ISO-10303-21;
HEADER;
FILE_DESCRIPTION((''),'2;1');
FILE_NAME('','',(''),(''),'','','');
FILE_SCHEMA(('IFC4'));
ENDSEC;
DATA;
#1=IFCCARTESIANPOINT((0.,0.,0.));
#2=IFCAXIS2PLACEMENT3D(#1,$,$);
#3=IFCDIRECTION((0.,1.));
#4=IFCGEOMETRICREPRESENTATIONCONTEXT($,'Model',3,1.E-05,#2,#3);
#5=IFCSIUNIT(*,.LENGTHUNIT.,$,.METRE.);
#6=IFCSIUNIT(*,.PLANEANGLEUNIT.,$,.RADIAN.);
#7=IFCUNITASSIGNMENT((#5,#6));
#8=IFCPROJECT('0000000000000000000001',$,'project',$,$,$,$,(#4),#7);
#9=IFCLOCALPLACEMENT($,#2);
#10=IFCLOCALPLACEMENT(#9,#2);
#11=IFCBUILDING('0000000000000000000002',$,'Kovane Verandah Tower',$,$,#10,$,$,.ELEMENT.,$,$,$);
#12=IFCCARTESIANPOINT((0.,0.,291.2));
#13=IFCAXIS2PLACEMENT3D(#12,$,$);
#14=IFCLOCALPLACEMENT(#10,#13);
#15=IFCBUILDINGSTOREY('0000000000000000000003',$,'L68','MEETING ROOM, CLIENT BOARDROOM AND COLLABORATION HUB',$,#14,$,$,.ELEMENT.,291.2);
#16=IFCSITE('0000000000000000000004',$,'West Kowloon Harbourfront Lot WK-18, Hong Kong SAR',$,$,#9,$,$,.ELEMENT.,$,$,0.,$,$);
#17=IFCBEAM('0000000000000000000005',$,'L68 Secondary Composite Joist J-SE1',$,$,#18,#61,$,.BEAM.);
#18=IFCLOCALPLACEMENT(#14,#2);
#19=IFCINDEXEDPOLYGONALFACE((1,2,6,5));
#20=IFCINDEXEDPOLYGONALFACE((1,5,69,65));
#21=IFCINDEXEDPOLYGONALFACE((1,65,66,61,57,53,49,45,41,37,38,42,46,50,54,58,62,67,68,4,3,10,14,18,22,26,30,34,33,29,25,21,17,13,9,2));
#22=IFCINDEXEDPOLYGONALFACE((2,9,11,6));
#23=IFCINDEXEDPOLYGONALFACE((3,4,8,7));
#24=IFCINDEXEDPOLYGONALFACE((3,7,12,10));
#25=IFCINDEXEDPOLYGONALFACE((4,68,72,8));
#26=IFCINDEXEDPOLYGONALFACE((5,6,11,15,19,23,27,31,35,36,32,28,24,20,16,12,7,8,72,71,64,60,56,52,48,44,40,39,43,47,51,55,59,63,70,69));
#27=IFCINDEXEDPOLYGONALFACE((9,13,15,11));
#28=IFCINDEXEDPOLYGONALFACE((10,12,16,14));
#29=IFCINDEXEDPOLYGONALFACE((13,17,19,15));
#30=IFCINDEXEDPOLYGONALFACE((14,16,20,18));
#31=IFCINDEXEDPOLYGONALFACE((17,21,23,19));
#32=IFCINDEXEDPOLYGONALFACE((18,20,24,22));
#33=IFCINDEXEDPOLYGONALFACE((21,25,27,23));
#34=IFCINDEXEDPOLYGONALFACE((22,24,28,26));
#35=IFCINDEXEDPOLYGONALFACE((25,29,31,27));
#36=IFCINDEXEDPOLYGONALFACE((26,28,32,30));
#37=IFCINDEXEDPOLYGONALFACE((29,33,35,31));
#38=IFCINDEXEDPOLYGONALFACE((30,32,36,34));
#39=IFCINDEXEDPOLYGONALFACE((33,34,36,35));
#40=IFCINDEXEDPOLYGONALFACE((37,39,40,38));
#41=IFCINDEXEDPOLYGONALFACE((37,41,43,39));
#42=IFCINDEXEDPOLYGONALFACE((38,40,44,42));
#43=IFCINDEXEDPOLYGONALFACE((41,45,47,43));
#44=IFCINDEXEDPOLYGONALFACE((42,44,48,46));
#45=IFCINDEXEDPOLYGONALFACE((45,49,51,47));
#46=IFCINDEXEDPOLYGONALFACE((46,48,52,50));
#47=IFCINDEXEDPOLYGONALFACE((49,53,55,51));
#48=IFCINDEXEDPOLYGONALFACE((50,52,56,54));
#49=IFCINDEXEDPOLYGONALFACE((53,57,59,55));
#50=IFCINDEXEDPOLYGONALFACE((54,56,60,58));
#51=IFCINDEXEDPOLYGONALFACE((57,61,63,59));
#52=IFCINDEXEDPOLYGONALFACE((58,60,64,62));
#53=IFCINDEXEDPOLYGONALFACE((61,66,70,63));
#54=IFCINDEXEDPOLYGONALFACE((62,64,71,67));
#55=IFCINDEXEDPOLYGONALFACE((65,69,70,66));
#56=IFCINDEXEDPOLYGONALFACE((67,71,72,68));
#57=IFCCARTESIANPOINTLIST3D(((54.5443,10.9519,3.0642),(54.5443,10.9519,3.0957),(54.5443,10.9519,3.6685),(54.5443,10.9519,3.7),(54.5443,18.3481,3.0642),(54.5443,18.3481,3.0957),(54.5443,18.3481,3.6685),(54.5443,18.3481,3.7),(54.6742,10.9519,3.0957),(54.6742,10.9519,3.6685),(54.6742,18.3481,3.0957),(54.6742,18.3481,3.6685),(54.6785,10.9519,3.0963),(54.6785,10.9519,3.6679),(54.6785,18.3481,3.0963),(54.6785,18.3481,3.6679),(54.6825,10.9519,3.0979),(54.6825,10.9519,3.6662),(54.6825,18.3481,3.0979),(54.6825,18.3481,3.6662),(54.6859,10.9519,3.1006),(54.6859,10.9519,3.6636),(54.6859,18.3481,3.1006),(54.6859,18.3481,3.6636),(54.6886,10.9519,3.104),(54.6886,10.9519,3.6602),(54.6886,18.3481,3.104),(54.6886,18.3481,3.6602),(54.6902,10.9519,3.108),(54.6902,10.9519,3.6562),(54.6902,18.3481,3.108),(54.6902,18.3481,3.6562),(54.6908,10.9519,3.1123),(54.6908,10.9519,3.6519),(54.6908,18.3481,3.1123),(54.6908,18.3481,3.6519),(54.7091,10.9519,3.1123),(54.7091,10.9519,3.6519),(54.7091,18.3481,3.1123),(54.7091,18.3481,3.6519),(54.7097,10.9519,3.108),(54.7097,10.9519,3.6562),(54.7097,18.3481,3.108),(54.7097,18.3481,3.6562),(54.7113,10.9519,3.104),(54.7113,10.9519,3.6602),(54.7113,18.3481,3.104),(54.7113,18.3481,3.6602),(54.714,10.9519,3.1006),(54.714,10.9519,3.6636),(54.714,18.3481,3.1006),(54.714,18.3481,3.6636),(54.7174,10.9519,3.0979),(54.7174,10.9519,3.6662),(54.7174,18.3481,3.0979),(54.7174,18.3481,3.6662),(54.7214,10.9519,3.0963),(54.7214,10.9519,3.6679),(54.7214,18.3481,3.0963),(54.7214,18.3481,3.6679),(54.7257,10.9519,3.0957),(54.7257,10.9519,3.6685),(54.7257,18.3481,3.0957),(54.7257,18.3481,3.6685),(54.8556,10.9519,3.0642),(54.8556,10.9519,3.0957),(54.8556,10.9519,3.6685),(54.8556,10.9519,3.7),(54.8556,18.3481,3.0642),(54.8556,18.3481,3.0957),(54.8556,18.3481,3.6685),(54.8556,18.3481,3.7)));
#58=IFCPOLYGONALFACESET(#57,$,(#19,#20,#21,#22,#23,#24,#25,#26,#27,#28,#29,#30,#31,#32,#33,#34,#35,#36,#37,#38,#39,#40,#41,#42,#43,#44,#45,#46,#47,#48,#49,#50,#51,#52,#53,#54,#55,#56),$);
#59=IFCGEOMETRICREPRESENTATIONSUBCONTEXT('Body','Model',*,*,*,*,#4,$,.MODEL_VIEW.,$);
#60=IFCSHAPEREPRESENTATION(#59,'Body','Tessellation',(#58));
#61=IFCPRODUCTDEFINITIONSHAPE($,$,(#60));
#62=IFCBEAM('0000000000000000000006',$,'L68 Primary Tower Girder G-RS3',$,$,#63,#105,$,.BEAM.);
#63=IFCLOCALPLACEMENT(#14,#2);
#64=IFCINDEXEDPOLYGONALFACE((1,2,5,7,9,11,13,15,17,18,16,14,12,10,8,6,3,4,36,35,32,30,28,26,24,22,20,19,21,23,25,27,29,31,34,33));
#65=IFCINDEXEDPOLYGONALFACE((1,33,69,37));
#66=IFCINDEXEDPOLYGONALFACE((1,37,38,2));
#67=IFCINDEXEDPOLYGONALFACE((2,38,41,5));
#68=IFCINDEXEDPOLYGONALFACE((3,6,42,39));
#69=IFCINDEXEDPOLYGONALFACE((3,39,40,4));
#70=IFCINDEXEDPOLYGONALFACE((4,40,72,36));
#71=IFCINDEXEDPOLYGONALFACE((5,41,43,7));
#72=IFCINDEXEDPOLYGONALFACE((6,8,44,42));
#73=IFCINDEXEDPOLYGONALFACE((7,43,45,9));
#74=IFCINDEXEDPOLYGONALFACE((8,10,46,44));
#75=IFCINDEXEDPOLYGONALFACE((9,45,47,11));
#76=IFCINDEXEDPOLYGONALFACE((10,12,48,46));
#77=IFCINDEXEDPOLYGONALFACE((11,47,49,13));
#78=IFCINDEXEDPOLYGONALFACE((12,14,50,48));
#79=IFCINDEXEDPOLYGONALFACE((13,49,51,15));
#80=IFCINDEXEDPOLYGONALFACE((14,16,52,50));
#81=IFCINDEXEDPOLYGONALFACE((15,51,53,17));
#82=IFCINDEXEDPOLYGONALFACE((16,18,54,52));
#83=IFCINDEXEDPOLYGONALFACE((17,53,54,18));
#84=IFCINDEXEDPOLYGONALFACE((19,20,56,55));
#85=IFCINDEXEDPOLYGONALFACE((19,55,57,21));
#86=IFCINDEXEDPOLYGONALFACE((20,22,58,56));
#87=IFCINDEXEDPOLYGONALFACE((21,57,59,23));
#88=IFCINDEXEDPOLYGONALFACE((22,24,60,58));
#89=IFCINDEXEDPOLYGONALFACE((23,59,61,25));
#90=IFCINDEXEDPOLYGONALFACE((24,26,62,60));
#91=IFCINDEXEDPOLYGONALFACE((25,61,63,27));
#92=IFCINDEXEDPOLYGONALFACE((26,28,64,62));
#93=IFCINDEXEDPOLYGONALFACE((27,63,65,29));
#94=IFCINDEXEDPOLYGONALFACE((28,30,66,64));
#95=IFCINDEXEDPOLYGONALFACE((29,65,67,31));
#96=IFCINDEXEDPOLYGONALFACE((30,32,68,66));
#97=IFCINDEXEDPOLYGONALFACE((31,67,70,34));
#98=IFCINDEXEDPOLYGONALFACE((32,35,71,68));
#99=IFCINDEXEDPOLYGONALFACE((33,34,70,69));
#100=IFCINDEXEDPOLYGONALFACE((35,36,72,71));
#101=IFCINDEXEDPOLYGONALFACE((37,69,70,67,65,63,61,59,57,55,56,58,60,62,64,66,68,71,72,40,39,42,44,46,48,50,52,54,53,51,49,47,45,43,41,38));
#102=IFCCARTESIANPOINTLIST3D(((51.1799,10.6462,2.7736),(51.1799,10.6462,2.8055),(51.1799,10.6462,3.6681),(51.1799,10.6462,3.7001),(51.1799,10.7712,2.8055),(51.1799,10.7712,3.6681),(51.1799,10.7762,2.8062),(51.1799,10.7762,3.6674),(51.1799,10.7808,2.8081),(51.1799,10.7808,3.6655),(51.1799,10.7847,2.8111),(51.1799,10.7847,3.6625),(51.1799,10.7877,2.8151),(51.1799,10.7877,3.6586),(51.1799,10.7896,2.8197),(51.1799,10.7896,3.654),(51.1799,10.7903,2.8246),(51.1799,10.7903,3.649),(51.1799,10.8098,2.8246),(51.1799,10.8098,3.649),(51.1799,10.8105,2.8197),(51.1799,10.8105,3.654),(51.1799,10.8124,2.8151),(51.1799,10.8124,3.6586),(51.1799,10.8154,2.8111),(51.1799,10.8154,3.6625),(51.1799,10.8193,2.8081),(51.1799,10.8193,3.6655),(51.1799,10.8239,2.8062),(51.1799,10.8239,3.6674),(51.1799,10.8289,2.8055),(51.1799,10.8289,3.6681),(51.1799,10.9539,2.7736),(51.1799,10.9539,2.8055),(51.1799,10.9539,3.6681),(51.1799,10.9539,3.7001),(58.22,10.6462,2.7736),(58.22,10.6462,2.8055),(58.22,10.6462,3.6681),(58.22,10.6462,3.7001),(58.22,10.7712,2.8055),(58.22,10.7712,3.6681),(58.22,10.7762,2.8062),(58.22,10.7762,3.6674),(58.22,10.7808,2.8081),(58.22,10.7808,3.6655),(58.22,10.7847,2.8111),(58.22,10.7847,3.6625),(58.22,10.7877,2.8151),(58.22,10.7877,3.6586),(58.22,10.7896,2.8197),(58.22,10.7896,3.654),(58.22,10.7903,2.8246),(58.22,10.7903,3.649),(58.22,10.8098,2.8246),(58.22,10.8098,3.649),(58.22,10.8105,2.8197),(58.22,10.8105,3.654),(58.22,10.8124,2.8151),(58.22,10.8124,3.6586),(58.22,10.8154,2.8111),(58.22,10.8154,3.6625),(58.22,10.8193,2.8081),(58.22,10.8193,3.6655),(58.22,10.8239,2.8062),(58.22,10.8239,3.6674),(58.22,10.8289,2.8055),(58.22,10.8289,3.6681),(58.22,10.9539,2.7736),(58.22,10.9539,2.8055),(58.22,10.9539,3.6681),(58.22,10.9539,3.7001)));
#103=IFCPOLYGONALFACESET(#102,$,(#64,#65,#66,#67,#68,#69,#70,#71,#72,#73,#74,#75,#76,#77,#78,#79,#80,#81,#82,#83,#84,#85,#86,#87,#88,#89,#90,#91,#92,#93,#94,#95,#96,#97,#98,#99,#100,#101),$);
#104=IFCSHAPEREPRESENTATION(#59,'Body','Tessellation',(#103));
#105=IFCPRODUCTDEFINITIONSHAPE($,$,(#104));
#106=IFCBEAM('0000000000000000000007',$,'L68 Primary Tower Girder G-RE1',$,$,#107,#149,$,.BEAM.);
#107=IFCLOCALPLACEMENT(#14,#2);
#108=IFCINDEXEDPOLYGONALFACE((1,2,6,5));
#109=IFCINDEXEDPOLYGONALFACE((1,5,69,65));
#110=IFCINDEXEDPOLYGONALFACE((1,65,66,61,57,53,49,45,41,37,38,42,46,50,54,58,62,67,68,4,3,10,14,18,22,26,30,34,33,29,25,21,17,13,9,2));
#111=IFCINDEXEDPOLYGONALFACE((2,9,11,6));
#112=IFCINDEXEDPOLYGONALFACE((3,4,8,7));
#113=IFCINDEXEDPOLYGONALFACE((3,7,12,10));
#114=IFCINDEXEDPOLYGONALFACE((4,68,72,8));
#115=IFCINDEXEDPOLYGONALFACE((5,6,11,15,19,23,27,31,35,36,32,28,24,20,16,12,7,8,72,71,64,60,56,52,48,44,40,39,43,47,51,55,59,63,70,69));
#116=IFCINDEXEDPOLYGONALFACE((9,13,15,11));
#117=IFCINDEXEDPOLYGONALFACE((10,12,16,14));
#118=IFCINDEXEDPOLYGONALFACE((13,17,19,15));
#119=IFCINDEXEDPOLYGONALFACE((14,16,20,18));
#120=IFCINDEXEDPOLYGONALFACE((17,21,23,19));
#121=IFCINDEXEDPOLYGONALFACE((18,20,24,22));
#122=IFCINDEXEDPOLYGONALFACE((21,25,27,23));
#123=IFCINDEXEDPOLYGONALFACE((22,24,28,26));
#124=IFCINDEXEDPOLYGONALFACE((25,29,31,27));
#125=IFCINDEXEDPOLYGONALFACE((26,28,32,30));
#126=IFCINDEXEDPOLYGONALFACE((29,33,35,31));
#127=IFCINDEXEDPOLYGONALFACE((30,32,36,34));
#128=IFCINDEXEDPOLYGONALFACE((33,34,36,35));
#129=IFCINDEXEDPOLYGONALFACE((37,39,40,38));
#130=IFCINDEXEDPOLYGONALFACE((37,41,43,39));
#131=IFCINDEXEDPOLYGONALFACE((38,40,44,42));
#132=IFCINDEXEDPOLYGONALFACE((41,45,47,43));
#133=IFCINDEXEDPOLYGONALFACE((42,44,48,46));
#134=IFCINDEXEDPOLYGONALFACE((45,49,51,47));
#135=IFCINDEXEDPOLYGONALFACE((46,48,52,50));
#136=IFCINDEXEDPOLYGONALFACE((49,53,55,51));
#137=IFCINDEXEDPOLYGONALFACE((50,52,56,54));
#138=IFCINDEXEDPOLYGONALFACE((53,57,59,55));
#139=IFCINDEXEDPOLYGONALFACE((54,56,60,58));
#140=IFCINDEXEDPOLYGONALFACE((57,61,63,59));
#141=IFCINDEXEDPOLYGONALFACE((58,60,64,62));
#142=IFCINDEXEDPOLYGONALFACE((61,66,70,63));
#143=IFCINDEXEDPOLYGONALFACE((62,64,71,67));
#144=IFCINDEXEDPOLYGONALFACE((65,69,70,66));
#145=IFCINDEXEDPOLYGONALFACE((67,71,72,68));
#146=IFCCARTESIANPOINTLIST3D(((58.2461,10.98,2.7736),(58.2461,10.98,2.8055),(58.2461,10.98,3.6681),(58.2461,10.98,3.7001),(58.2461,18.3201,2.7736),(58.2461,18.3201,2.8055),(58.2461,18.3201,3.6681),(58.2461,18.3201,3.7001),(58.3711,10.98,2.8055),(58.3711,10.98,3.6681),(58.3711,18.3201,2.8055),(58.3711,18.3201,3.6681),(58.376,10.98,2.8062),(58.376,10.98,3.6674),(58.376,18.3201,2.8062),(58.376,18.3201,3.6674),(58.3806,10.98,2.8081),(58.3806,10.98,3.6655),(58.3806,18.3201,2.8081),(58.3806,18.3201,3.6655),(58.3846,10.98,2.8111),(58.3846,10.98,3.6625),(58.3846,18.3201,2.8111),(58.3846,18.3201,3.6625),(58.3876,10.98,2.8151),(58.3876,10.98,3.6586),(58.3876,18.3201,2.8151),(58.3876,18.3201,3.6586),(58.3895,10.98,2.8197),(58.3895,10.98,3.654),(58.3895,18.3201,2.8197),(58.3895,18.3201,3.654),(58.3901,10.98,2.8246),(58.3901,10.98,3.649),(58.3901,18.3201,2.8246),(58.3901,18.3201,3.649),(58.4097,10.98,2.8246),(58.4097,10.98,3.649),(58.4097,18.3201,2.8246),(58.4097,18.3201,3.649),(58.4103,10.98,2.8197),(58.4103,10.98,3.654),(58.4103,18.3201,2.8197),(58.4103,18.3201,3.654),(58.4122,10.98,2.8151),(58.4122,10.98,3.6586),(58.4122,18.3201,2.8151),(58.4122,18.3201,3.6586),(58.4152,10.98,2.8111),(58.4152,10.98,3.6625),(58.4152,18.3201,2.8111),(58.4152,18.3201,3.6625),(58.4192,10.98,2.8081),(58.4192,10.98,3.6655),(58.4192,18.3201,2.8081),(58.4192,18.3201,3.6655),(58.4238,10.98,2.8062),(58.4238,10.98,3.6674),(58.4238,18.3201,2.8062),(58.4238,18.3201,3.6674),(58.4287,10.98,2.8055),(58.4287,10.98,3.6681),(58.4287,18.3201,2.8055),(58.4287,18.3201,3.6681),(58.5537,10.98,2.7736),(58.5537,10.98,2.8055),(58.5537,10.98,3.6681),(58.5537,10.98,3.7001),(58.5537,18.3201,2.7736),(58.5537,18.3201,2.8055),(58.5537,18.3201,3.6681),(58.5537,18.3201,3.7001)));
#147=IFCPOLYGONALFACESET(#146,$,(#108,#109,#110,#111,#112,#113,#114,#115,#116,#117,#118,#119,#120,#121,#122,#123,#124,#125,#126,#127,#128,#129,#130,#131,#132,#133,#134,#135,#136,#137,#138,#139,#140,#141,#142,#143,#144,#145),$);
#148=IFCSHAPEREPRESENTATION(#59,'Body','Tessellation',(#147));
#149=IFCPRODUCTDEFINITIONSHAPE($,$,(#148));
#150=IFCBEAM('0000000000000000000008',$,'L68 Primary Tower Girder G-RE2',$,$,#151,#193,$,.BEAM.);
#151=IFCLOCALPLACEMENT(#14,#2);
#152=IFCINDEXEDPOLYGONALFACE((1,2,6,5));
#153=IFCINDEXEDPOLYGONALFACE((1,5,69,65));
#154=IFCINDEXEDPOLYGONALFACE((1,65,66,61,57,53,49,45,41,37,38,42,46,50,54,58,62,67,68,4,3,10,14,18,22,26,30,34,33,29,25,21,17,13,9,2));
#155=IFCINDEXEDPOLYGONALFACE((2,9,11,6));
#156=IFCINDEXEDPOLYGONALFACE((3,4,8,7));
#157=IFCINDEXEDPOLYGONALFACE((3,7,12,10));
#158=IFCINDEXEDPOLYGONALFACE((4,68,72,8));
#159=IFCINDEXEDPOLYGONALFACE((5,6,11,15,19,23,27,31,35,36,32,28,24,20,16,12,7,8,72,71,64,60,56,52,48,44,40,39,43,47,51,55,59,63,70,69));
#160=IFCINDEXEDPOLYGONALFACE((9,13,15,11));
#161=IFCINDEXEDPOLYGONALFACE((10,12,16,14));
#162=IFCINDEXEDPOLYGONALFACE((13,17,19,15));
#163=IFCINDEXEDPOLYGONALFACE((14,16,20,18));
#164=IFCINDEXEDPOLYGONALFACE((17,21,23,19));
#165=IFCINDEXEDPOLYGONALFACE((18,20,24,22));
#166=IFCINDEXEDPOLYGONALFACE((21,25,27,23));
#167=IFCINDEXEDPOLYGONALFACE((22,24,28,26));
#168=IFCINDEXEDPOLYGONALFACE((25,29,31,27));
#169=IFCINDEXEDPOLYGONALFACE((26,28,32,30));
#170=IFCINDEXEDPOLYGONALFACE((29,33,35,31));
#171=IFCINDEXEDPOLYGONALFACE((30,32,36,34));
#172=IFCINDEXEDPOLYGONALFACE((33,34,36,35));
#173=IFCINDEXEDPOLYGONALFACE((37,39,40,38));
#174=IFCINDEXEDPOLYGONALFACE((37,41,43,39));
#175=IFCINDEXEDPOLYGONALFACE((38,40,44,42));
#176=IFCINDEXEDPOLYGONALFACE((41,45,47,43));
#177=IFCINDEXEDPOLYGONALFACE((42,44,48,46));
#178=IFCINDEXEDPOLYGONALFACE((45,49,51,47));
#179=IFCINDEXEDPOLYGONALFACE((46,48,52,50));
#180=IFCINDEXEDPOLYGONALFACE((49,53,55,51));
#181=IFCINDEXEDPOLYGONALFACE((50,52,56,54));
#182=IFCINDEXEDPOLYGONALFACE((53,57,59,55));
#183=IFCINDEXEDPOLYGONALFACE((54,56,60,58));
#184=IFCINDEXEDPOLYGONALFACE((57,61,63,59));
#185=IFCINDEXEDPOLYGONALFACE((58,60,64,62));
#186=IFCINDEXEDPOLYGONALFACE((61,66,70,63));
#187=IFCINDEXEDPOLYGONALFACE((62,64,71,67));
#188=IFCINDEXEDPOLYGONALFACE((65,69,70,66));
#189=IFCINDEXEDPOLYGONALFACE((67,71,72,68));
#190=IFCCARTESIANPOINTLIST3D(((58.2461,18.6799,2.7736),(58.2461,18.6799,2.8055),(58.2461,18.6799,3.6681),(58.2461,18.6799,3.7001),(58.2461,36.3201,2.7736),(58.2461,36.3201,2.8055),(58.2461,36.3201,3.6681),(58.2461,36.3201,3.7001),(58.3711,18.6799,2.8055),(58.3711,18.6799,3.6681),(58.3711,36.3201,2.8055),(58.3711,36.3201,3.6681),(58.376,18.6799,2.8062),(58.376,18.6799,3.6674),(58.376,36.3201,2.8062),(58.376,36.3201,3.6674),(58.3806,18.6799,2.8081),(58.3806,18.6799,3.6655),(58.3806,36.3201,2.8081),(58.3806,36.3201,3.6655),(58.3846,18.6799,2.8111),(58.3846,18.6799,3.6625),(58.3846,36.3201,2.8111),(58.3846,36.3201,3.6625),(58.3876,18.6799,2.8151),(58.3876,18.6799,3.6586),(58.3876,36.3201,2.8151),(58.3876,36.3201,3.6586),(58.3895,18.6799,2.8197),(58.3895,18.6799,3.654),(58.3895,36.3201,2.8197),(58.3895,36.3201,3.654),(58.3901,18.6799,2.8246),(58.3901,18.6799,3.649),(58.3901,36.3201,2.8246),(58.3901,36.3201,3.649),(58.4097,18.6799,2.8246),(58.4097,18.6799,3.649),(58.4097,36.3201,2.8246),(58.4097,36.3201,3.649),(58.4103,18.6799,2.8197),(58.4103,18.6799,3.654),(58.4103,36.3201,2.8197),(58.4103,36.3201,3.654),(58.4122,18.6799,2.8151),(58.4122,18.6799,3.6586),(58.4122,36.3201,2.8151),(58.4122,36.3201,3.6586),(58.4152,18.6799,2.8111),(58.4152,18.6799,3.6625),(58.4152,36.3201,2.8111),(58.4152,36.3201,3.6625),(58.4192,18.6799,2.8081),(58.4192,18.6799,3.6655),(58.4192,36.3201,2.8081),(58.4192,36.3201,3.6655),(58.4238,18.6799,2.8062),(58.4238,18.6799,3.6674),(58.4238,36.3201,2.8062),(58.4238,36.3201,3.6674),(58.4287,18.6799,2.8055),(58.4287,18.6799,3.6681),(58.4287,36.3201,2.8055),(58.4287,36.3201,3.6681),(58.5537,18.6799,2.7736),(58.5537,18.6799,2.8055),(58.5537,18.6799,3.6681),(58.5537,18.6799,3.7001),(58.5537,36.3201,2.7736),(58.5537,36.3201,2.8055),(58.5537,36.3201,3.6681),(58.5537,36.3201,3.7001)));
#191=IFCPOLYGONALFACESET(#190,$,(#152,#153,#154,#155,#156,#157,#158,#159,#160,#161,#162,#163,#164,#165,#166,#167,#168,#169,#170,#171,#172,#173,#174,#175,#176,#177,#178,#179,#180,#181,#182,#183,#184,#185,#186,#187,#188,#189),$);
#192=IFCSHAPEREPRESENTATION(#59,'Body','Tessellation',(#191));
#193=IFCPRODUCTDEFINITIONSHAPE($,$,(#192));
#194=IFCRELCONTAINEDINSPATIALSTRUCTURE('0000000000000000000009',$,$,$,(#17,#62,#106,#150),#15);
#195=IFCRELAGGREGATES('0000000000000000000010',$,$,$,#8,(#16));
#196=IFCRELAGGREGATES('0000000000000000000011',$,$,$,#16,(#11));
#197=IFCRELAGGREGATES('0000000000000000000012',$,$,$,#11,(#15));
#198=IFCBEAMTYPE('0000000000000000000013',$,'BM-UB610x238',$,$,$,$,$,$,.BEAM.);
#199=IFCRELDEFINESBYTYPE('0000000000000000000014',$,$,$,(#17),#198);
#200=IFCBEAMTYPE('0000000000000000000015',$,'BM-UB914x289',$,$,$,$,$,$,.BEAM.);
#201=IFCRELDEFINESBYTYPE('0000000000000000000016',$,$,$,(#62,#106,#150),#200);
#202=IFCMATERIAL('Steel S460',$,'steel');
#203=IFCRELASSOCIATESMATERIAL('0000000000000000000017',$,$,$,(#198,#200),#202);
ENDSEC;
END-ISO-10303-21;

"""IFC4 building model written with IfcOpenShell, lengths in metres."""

from ifc_helpers import new_model, si_unit, direction, frame, origin, origin_2d, place, context, subcontext, project, spatial, i_section, extrude, material, material_profile, profile_set, type_object, element, save


model = new_model("IFC4")

# Units and contexts
model_context = context("Model", 3, precision=1e-05, world=origin(), true_north=direction((0.0, 1.0)))
body_context = subcontext(model_context, "Body", "Model", "MODEL_VIEW")
ifc_project = project(units=[si_unit("LENGTHUNIT", "METRE"), si_unit("PLANEANGLEUNIT", "RADIAN")], contexts=[model_context])

# Site, building, storey
site_placement = place(None, origin())
site = spatial("IfcSite", under=ifc_project, at=site_placement, Name="West Kowloon Harbourfront Lot WK-18, Hong Kong SAR", CompositionType="ELEMENT", RefElevation=0.0)
building_placement = place(site_placement, origin())
building = spatial("IfcBuilding", under=site, at=building_placement, Name="Kovane Verandah Tower", CompositionType="ELEMENT")
storey_placement = place(building_placement, frame((0.0, 0.0, 291.2)))
storey = spatial("IfcBuildingStorey", under=building, at=storey_placement, Name="L68", Description="MEETING ROOM, CLIENT BOARDROOM AND COLLABORATION HUB", CompositionType="ELEMENT", Elevation=291.2)

# Shared definitions
ifc_material_1 = material(Name="Steel S460", Category="steel")

# Beams
ifc_material_profile_1 = material_profile(ifc_material_1, i_section(OverallWidth=0.3113, OverallDepth=0.6357, WebThickness=0.0183, FlangeThickness=0.0315, FilletRadius=0.0166, at=origin_2d()), Name="UB610x305x238")
ifc_profile_set_1 = profile_set([ifc_material_profile_1], Name="Steel S460")
beam_type_1 = type_object("IfcBeamType", Name="BM-UB610x238", PredefinedType="BEAM", material=ifc_profile_set_1)
beam_1_placement = place(storey_placement, frame((54.7, 10.9519, 3.3821), z_axis=(0.0, 1.0, 0.0), x_axis=(-1.0, 0.0, 0.0)))
element("IfcBeam", 1, at=beam_1_placement, inside=storey, type_object=beam_type_1, Name="L68 Secondary Composite Joist J-SE1", PredefinedType="BEAM", context=body_context, shape_type="SweptSolid", body=[
    extrude(i_section(OverallWidth=0.3113, OverallDepth=0.6357, WebThickness=0.0183, FlangeThickness=0.0315, FilletRadius=0.0166, at=origin_2d()), origin(), (0.0, 0.0, 1.0), 7.3962),
])
ifc_material_profile_2 = material_profile(ifc_material_1, i_section(OverallWidth=0.3076, OverallDepth=0.9265, WebThickness=0.0195, FlangeThickness=0.032, FilletRadius=0.019, at=origin_2d()), Name="UB914x305x289")
ifc_profile_set_2 = profile_set([ifc_material_profile_2], Name="Steel S460")
beam_type_2 = type_object("IfcBeamType", Name="BM-UB914x289", PredefinedType="BEAM", material=ifc_profile_set_2)
beam_2_placement = place(storey_placement, frame((51.1799, 10.8, 3.2368), z_axis=(1.0, 0.0, 0.0), x_axis=(0.0, 1.0, 0.0)))
element("IfcBeam", 2, at=beam_2_placement, inside=storey, type_object=beam_type_2, Name="L68 Primary Tower Girder G-RS3", PredefinedType="BEAM", context=body_context, shape_type="SweptSolid", body=[
    extrude(i_section(OverallWidth=0.3076, OverallDepth=0.9265, WebThickness=0.0195, FlangeThickness=0.032, FilletRadius=0.019, at=origin_2d()), origin(), (0.0, 0.0, 1.0), 7.04),
])
beam_3_placement = place(storey_placement, frame((58.3999, 10.98, 3.2368), z_axis=(0.0, 1.0, 0.0), x_axis=(-1.0, 0.0, 0.0)))
element("IfcBeam", 3, at=beam_3_placement, inside=storey, type_object=beam_type_2, Name="L68 Primary Tower Girder G-RE1", PredefinedType="BEAM", context=body_context, shape_type="SweptSolid", body=[
    extrude(i_section(OverallWidth=0.3076, OverallDepth=0.9265, WebThickness=0.0195, FlangeThickness=0.032, FilletRadius=0.019, at=origin_2d()), origin(), (0.0, 0.0, 1.0), 7.3401),
])
beam_4_placement = place(storey_placement, frame((58.3999, 18.6799, 3.2368), z_axis=(0.0, 1.0, 0.0), x_axis=(-1.0, 0.0, 0.0)))
element("IfcBeam", 4, at=beam_4_placement, inside=storey, type_object=beam_type_2, Name="L68 Primary Tower Girder G-RE2", PredefinedType="BEAM", context=body_context, shape_type="SweptSolid", body=[
    extrude(i_section(OverallWidth=0.3076, OverallDepth=0.9265, WebThickness=0.0195, FlangeThickness=0.032, FilletRadius=0.019, at=origin_2d()), origin(), (0.0, 0.0, 1.0), 17.6401),
])

save(model, "model.ifc")
